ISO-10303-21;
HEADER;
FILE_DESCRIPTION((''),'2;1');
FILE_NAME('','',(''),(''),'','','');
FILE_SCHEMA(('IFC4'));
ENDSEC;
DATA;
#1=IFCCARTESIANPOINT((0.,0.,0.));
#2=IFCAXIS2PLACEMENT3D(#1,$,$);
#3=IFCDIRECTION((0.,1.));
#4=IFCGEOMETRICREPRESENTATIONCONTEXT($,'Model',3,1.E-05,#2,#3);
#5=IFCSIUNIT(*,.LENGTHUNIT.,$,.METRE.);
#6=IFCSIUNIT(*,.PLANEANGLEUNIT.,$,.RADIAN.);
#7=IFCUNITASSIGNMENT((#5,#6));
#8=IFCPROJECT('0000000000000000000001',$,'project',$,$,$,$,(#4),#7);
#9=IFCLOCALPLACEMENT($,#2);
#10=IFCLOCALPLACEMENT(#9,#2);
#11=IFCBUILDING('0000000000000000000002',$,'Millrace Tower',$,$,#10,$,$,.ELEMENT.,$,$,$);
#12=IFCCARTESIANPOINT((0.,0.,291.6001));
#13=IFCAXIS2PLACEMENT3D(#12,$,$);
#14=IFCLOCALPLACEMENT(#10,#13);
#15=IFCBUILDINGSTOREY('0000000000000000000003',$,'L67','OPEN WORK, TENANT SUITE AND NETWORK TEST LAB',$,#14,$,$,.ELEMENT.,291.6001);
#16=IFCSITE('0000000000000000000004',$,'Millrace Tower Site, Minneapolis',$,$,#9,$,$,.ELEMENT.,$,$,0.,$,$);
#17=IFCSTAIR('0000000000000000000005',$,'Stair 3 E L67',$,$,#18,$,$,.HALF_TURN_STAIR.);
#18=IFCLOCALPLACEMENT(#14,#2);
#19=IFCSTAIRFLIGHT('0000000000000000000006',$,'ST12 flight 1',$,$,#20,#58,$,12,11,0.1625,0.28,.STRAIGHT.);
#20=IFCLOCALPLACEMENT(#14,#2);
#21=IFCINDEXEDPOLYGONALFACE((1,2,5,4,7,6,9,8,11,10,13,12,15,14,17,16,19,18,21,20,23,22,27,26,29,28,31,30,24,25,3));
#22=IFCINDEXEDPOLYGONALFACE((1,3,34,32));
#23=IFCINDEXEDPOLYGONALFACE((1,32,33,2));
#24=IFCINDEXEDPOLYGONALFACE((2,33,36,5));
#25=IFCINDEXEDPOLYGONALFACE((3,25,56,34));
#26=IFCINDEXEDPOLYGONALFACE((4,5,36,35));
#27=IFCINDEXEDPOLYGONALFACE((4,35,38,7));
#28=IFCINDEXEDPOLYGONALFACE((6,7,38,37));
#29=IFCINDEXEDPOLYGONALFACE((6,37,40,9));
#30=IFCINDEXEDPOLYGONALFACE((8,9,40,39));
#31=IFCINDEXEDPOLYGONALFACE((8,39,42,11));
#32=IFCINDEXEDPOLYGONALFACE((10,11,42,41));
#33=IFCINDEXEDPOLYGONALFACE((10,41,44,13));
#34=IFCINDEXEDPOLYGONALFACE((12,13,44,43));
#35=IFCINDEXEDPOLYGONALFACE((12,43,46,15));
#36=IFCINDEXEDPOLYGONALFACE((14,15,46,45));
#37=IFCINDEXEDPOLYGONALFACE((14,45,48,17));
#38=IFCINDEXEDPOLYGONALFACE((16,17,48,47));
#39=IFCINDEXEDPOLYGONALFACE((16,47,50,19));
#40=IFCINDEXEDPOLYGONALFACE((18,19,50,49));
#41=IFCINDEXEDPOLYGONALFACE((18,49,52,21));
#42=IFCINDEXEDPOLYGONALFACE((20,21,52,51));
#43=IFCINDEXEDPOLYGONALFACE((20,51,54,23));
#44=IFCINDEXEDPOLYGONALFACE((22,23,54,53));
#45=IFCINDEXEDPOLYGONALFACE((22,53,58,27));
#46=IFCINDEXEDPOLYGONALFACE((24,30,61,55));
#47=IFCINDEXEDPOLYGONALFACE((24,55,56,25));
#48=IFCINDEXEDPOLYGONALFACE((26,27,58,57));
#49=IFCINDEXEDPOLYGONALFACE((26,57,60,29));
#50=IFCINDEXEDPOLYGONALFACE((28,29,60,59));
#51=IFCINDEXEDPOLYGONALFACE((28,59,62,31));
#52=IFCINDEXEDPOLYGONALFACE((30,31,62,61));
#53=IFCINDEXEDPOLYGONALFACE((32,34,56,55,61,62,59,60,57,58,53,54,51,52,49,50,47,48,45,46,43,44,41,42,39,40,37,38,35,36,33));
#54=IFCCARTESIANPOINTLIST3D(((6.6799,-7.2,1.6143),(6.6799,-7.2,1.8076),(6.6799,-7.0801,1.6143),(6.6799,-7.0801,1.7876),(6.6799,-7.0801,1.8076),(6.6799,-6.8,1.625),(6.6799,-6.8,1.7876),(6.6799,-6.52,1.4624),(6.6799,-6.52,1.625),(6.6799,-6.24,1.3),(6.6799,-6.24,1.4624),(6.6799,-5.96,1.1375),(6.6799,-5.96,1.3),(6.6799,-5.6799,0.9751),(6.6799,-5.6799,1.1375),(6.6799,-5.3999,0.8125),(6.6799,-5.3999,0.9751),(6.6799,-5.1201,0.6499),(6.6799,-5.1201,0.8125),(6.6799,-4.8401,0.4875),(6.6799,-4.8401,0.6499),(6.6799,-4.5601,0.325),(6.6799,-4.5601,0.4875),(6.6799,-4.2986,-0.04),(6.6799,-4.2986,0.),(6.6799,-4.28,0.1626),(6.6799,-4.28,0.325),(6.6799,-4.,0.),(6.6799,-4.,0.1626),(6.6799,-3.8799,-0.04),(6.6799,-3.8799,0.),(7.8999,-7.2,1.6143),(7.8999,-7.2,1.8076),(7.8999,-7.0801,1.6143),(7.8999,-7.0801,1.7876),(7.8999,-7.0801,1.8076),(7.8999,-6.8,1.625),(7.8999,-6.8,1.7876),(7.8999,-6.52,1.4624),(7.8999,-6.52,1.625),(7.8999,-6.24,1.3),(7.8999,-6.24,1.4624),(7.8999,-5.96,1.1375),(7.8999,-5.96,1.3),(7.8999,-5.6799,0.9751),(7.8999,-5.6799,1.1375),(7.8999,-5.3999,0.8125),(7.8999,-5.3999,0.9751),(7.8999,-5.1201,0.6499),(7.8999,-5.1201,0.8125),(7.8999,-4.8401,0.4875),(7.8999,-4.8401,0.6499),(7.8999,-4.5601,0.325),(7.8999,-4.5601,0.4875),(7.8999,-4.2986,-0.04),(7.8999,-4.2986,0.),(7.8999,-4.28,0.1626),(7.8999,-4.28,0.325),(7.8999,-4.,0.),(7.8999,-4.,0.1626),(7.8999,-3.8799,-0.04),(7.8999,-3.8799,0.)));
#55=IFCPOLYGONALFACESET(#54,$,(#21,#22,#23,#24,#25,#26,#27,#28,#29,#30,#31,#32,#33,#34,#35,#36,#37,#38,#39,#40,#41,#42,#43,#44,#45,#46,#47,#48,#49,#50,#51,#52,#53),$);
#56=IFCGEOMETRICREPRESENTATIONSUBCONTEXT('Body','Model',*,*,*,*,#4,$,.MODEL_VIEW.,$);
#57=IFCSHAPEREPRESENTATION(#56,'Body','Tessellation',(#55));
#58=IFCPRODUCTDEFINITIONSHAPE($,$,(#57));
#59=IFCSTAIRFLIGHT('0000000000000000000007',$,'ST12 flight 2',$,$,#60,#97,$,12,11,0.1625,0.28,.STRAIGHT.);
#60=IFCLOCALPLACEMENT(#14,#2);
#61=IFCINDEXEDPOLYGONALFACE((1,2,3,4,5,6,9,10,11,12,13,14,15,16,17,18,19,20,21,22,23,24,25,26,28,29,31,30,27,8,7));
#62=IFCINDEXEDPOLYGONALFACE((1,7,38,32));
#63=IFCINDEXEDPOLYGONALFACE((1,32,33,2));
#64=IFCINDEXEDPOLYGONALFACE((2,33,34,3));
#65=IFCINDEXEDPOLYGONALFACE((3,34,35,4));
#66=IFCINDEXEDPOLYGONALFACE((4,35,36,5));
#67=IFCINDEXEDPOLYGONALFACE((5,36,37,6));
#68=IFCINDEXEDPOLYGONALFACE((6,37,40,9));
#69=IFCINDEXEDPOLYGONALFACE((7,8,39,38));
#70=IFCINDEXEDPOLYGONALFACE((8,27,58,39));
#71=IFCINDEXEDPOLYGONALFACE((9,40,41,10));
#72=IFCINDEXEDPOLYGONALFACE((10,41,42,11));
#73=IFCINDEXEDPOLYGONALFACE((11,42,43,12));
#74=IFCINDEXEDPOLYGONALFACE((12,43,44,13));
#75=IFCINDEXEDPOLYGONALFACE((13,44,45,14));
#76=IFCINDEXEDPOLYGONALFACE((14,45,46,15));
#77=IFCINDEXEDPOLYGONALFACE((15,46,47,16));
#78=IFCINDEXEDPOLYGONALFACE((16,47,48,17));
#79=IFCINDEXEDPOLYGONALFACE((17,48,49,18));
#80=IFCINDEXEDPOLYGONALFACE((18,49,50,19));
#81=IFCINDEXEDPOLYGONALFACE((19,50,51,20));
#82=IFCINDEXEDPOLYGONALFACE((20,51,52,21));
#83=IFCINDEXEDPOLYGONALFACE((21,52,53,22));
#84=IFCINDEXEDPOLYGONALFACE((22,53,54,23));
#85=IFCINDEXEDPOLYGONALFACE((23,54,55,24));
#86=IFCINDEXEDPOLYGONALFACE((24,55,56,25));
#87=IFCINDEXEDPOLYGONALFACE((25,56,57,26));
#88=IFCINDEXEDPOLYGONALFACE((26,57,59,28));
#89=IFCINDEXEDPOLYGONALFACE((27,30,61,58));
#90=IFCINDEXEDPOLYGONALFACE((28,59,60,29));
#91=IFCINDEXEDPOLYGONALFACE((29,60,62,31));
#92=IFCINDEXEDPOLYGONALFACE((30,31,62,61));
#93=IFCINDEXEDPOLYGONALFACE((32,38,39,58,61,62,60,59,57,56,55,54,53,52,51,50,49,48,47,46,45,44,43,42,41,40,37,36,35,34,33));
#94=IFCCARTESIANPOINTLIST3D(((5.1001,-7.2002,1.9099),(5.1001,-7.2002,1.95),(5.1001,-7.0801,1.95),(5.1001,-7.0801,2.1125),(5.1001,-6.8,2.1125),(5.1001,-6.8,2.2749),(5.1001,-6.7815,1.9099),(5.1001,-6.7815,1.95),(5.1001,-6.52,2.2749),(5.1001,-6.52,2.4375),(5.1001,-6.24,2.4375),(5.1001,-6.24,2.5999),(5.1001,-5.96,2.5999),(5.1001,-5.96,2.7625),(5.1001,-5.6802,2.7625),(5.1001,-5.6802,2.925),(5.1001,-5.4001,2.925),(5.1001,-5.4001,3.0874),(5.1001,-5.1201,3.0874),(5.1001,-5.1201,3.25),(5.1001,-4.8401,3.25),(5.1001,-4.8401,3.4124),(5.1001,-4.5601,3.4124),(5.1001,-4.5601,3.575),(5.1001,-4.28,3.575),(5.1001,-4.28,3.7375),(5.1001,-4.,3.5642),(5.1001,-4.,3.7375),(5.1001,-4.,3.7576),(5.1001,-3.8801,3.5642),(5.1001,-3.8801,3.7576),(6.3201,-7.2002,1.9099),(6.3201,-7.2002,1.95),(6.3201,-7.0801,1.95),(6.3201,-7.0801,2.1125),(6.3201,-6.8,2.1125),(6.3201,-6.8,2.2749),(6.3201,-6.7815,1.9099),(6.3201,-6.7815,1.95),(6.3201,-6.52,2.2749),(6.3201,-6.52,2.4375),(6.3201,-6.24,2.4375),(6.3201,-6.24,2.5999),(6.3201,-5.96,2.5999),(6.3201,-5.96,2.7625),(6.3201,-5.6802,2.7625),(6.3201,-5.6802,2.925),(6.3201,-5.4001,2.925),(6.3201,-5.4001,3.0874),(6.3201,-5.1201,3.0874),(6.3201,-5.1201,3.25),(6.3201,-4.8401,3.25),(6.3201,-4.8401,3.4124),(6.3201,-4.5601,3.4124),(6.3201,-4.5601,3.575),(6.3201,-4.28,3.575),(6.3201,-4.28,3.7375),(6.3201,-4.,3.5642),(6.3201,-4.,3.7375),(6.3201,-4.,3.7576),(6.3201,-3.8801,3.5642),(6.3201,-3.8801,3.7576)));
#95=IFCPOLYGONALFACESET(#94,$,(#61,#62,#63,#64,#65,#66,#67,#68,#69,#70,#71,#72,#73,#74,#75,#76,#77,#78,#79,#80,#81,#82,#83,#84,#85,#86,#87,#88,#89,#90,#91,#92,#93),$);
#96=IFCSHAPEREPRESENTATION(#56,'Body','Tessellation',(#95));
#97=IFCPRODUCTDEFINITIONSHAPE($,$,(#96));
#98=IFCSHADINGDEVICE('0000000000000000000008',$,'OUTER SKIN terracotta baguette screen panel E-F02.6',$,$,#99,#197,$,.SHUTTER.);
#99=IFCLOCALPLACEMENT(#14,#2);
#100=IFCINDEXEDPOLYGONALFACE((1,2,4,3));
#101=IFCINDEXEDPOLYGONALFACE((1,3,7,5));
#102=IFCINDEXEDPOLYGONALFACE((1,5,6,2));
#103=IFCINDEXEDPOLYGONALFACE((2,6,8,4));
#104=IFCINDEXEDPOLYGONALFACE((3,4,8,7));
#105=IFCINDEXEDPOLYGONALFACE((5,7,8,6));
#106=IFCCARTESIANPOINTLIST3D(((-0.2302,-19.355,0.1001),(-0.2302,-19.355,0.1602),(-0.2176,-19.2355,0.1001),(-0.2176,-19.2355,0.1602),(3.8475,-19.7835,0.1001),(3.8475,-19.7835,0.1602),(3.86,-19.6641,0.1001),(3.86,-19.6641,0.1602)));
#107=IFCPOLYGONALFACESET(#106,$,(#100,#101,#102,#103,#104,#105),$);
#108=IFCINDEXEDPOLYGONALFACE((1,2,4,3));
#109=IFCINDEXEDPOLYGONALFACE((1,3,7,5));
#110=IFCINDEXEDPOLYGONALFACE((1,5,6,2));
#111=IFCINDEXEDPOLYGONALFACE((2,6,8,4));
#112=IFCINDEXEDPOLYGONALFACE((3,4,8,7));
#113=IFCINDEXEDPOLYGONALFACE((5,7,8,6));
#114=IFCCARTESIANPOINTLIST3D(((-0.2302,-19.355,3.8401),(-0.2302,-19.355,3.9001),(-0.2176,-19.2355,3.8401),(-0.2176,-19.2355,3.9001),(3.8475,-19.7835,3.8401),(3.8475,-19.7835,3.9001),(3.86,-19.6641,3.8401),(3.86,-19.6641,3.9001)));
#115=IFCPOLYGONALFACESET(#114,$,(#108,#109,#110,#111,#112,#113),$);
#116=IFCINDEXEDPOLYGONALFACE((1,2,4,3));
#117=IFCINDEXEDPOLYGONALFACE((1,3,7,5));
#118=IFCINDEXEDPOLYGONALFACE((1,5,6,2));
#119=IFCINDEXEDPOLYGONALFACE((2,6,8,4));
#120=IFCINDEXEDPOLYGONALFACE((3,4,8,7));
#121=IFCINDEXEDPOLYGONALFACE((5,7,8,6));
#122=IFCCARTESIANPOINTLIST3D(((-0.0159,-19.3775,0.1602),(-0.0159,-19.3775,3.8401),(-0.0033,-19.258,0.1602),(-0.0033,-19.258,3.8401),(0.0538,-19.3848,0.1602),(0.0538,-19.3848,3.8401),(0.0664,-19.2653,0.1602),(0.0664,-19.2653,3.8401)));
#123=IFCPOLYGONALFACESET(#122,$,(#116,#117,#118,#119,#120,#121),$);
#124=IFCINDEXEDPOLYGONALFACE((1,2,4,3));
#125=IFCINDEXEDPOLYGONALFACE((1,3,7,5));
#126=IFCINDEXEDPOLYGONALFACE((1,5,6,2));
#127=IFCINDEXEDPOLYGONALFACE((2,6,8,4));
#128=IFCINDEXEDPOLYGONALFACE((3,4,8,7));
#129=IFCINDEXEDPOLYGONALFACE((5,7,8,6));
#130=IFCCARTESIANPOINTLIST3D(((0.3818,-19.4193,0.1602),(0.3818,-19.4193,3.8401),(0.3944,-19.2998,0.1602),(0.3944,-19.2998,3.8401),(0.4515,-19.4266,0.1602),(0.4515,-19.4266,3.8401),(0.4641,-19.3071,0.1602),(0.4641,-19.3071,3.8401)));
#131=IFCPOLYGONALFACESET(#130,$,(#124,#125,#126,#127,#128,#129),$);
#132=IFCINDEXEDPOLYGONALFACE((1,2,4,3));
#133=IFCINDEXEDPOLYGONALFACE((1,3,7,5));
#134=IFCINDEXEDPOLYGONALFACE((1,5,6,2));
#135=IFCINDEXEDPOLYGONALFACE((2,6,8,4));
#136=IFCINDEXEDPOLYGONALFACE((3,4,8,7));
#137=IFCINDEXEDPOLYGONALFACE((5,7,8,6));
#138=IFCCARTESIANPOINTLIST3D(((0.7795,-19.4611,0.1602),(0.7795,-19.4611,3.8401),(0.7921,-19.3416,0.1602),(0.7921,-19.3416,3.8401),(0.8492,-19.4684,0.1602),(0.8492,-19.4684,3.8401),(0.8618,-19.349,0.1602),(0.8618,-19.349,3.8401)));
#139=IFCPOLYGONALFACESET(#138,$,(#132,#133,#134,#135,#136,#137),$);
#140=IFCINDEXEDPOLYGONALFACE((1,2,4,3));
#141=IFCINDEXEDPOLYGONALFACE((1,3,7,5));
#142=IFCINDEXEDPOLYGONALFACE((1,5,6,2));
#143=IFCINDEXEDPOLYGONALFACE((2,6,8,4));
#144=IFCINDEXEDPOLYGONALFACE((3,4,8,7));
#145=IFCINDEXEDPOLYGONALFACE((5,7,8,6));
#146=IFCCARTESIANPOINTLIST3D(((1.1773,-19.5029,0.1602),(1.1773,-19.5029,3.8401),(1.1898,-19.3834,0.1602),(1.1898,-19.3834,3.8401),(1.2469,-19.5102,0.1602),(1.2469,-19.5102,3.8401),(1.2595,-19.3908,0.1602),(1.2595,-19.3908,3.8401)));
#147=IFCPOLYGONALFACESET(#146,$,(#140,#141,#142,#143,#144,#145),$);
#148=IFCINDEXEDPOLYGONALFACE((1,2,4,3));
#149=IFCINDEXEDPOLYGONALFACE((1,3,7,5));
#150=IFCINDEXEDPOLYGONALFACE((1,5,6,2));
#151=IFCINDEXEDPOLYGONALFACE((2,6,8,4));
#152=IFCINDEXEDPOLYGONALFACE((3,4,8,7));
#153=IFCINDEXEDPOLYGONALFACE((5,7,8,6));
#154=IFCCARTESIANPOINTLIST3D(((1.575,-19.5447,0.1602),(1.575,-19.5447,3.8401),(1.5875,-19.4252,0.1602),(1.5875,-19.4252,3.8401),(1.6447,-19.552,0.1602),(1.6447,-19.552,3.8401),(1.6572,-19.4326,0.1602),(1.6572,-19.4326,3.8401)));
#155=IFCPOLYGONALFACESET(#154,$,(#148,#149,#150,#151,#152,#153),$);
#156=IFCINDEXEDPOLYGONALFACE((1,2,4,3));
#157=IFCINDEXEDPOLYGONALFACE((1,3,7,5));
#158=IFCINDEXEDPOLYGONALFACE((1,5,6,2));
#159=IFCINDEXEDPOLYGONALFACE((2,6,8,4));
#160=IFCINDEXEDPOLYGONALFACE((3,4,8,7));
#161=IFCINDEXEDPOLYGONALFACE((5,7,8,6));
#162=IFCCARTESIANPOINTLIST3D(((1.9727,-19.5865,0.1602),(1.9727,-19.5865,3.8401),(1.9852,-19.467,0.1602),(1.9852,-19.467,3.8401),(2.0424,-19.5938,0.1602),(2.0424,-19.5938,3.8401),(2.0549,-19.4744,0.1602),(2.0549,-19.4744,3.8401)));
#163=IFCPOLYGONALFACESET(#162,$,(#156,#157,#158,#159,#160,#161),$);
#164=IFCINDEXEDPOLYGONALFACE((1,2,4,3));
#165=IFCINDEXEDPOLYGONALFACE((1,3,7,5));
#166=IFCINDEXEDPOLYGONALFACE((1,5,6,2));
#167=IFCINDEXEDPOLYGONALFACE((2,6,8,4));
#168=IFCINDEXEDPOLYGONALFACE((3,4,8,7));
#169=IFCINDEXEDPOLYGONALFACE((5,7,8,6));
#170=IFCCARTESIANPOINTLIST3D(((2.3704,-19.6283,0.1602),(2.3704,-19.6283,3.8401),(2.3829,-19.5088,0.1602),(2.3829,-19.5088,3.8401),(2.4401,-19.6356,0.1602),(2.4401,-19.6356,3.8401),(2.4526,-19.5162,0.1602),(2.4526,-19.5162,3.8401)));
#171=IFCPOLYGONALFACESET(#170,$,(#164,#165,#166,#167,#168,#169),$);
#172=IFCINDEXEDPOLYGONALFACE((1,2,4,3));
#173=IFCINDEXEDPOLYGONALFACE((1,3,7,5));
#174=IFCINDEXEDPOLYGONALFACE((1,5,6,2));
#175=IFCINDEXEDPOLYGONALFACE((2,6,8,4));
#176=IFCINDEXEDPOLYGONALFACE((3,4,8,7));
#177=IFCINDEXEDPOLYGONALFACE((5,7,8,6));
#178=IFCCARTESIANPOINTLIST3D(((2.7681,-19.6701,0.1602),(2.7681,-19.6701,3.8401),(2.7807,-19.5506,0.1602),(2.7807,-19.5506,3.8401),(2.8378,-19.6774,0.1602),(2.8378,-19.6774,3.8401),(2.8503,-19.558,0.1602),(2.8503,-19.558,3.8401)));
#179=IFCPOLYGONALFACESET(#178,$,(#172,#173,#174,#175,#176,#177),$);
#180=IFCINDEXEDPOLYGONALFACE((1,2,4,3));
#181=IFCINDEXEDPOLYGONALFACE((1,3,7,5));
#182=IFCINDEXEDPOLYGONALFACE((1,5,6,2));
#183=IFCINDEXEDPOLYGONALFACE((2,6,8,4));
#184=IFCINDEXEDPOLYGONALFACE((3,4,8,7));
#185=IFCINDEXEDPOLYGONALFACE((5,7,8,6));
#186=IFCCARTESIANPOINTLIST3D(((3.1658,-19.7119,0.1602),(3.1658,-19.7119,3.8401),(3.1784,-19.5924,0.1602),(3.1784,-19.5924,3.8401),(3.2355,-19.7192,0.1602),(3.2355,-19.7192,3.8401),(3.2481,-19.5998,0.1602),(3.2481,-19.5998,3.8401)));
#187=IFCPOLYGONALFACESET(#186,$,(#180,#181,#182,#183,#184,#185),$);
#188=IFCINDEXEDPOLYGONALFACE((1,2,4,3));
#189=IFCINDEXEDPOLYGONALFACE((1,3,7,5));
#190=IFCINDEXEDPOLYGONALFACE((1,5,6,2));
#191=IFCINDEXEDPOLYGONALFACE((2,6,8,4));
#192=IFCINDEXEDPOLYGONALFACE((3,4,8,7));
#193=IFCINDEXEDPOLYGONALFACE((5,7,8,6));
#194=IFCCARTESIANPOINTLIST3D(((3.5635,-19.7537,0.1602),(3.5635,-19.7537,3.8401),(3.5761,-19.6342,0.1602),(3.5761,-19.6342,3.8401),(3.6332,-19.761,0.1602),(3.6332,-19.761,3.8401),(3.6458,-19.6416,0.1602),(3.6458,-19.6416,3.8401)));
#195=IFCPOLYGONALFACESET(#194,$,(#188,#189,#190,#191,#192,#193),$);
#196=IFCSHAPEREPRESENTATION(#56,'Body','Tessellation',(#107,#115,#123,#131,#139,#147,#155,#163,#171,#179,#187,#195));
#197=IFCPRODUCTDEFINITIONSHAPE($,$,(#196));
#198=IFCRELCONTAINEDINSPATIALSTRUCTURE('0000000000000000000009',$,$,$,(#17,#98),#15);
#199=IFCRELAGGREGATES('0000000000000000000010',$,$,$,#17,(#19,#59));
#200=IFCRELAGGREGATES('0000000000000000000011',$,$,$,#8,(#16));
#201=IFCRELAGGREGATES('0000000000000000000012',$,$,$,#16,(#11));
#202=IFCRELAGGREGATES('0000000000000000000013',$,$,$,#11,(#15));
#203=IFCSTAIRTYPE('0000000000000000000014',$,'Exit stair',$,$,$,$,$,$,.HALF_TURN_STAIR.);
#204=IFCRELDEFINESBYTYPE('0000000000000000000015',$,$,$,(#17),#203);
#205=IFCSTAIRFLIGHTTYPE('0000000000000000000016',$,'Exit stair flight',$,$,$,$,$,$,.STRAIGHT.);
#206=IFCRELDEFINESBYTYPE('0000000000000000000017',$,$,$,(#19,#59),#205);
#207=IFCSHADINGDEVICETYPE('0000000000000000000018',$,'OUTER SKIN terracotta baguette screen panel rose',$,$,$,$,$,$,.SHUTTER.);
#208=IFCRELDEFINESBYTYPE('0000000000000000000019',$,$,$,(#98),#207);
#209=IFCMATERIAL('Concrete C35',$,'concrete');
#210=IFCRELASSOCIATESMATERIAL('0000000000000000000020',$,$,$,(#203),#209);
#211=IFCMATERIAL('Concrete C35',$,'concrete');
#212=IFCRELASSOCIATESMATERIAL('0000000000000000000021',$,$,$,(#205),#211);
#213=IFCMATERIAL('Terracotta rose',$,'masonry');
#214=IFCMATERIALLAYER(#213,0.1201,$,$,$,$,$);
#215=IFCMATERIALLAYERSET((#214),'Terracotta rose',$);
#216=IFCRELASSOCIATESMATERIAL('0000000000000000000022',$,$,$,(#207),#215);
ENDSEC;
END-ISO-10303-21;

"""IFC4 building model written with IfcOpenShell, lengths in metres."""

from ifc_helpers import new_model, entity, si_unit, direction, frame, frame_2d, origin, place, context, subcontext, project, spatial, polyline, rectangle, outline, extrude, source, transform, mapped, material, layer, layer_set, type_object, element, aggregate, save


model = new_model("IFC4")

# Units and contexts
model_context = context("Model", 3, precision=1e-05, world=origin(), true_north=direction((0.0, 1.0)))
body_context = subcontext(model_context, "Body", "Model", "MODEL_VIEW")
ifc_project = project(units=[si_unit("LENGTHUNIT", "METRE"), si_unit("PLANEANGLEUNIT", "RADIAN")], contexts=[model_context])

# Site, building, storey
site_placement = place(None, origin())
site = spatial("IfcSite", under=ifc_project, at=site_placement, Name="Millrace Tower Site, Minneapolis", CompositionType="ELEMENT", RefElevation=0.0)
building_placement = place(site_placement, origin())
building = spatial("IfcBuilding", under=site, at=building_placement, Name="Millrace Tower", CompositionType="ELEMENT")
storey_placement = place(building_placement, frame((0.0, 0.0, 291.6001)))
storey = spatial("IfcBuildingStorey", under=building, at=storey_placement, Name="L67", Description="OPEN WORK, TENANT SUITE AND NETWORK TEST LAB", CompositionType="ELEMENT", Elevation=291.6001)

# Shared definitions
placement = place(storey_placement, origin())

# Shared definitions
ifc_material_1 = material(Name="Concrete C35", Category="concrete")
stair_type = type_object("IfcStairType", Name="Exit stair", PredefinedType="HALF_TURN_STAIR", material=ifc_material_1)
ifc_material_2 = material(Name="Concrete C35", Category="concrete")
stair_flight_type = type_object("IfcStairFlightType", Name="Exit stair flight", PredefinedType="STRAIGHT", material=ifc_material_2)

# Stair, stair flights
stair_1 = element("IfcStair", 1, at=placement, inside=storey, type_object=stair_type, Name="Stair 3 E L67", PredefinedType="HALF_TURN_STAIR")
stair_flight_1_placement = place(storey_placement, frame((7.29, -4.0, 0.0), z_axis=(0.0, 0.0, 1.0), x_axis=(0.0, -1.0, 0.0)))
stair_flight_1 = element("IfcStairFlight", 2, at=stair_flight_1_placement, type_object=stair_flight_type, Name="ST12 flight 1", NumberOfRisers=12, NumberOfTreads=11, PredefinedType="STRAIGHT", RiserHeight=0.1625, TreadLength=0.28, context=body_context, shape_type="SweptSolid", body=[
    extrude(outline(polyline([(-0.1201, -0.04), (-0.1201, 0.0), (0.0, 0.0), (0.0, 0.1626), (0.28, 0.1626), (0.28, 0.325), (0.5601, 0.325), (0.5601, 0.4875), (0.8401, 0.4875), (0.8401, 0.6499), (1.1201, 0.6499), (1.1201, 0.8125), (1.3999, 0.8125), (1.3999, 0.9751), (1.6799, 0.9751), (1.6799, 1.1375), (1.96, 1.1375), (1.96, 1.3), (2.24, 1.3), (2.24, 1.4624), (2.52, 1.4624), (2.52, 1.625), (2.8, 1.625), (2.8, 1.7876), (3.0801, 1.7876), (3.0801, 1.8076), (3.2, 1.8076), (3.2, 1.6143), (3.0801, 1.6143), (0.2986, 0.0), (0.2986, -0.04), (-0.1201, -0.04)])), frame((0.0, 0.6099, 0.0), z_axis=(0.0, -1.0, 0.0), x_axis=(1.0, 0.0, 0.0)), (0.0, 0.0, 1.0), 1.22),
])
stair_flight_2_placement = place(storey_placement, frame((5.71, -7.0801, 1.95), z_axis=(0.0, 0.0, 1.0), x_axis=(0.0, 1.0, 0.0)))
stair_flight_2 = element("IfcStairFlight", 3, at=stair_flight_2_placement, type_object=stair_flight_type, Name="ST12 flight 2", NumberOfRisers=12, NumberOfTreads=11, PredefinedType="STRAIGHT", RiserHeight=0.1625, TreadLength=0.28, context=body_context, shape_type="SweptSolid", body=[
    extrude(outline(polyline([(-0.1201, -0.04), (-0.1201, 0.0), (0.0, 0.0), (0.0, 0.1626), (0.28, 0.1626), (0.28, 0.325), (0.5601, 0.325), (0.5601, 0.4875), (0.8401, 0.4875), (0.8401, 0.6499), (1.1201, 0.6499), (1.1201, 0.8125), (1.3999, 0.8125), (1.3999, 0.9751), (1.6799, 0.9751), (1.6799, 1.1375), (1.96, 1.1375), (1.96, 1.3), (2.24, 1.3), (2.24, 1.4624), (2.52, 1.4624), (2.52, 1.625), (2.8, 1.625), (2.8, 1.7876), (3.0801, 1.7876), (3.0801, 1.8076), (3.2, 1.8076), (3.2, 1.6143), (3.0801, 1.6143), (0.2986, 0.0), (0.2986, -0.04), (-0.1201, -0.04)])), frame((0.0, 0.6099, 0.0), z_axis=(0.0, -1.0, 0.0), x_axis=(1.0, 0.0, 0.0)), (0.0, 0.0, 1.0), 1.22),
])
aggregate(stair_1, [stair_flight_1, stair_flight_2])

# Shading device
ifc_material_3 = material(Name="Terracotta rose", Category="masonry")
ifc_layer_1 = layer(ifc_material_3, 0.1201)
ifc_layer_set_1 = layer_set([ifc_layer_1], Name="Terracotta rose")
shading_device_type = type_object("IfcShadingDeviceType", Name="OUTER SKIN terracotta baguette screen panel rose", PredefinedType="SHUTTER", material=ifc_layer_set_1)
cartesian_point = entity("IfcCartesianPoint", [-2.05, 0.0601])
shared_polyline = entity("IfcPolyline", [cartesian_point, entity("IfcCartesianPoint", [2.05, 0.0601]), entity("IfcCartesianPoint", [2.05, -0.0601]), entity("IfcCartesianPoint", [-2.05, -0.0601]), cartesian_point])
shared_shape = source(origin(), body_context, "Body", "SweptSolid", [
    entity("IfcExtrudedAreaSolid", entity("IfcArbitraryClosedProfileDef", "AREA", None, shared_polyline), entity("IfcAxis2Placement3D", entity("IfcCartesianPoint", [0.0, 0.0, 0.0])), entity("IfcDirection", [0.0, 0.0, 1.0]), 0.0601),
    entity("IfcExtrudedAreaSolid", entity("IfcArbitraryClosedProfileDef", "AREA", None, shared_polyline), entity("IfcAxis2Placement3D", entity("IfcCartesianPoint", [0.0, 0.0, 3.74])), entity("IfcDirection", [0.0, 0.0, 1.0]), 0.0601),
    extrude(rectangle(XDim=0.0701, YDim=0.1201, at=frame_2d((-1.7996, 0.0))), frame((0.0, 0.0, 0.0601)), (0.0, 0.0, 1.0), 3.6799),
    extrude(rectangle(XDim=0.0701, YDim=0.1201, at=frame_2d((-1.3997, 0.0))), frame((0.0, 0.0, 0.0601)), (0.0, 0.0, 1.0), 3.6799),
    extrude(rectangle(XDim=0.0701, YDim=0.1201, at=frame_2d((-0.9998, 0.0))), frame((0.0, 0.0, 0.0601)), (0.0, 0.0, 1.0), 3.6799),
    extrude(rectangle(XDim=0.0701, YDim=0.1201, at=frame_2d((-0.5999, 0.0))), frame((0.0, 0.0, 0.0601)), (0.0, 0.0, 1.0), 3.6799),
    extrude(rectangle(XDim=0.0701, YDim=0.1201, at=frame_2d((-0.2, 0.0))), frame((0.0, 0.0, 0.0601)), (0.0, 0.0, 1.0), 3.6799),
    extrude(rectangle(XDim=0.0701, YDim=0.1201, at=frame_2d((0.2, 0.0))), frame((0.0, 0.0, 0.0601)), (0.0, 0.0, 1.0), 3.6799),
    extrude(rectangle(XDim=0.0701, YDim=0.1201, at=frame_2d((0.5999, 0.0))), frame((0.0, 0.0, 0.0601)), (0.0, 0.0, 1.0), 3.6799),
    extrude(rectangle(XDim=0.0701, YDim=0.1201, at=frame_2d((0.9998, 0.0))), frame((0.0, 0.0, 0.0601)), (0.0, 0.0, 1.0), 3.6799),
    extrude(rectangle(XDim=0.0701, YDim=0.1201, at=frame_2d((1.3997, 0.0))), frame((0.0, 0.0, 0.0601)), (0.0, 0.0, 1.0), 3.6799),
    extrude(rectangle(XDim=0.0701, YDim=0.1201, at=frame_2d((1.7996, 0.0))), frame((0.0, 0.0, 0.0601)), (0.0, 0.0, 1.0), 3.6799),
])
for number, where, z_axis, x_axis, name in (
    (4, (1.8149, -19.5095, 0.1001), (0.0, 0.0, 1.0), (0.994522, -0.104528, 0.0), "OUTER SKIN terracotta baguette screen panel E-F02.6"),
):
    element("IfcShadingDevice", number, at=place(storey_placement, frame(where, z_axis=z_axis, x_axis=x_axis)), inside=storey, type_object=shading_device_type, Name=name, PredefinedType="SHUTTER", context=body_context, shape_type="MappedRepresentation", body=[
        mapped(shared_shape, transform((0.0, 0.0, 0.0), scale=1.0)),
    ])

save(model, "model.ifc")
